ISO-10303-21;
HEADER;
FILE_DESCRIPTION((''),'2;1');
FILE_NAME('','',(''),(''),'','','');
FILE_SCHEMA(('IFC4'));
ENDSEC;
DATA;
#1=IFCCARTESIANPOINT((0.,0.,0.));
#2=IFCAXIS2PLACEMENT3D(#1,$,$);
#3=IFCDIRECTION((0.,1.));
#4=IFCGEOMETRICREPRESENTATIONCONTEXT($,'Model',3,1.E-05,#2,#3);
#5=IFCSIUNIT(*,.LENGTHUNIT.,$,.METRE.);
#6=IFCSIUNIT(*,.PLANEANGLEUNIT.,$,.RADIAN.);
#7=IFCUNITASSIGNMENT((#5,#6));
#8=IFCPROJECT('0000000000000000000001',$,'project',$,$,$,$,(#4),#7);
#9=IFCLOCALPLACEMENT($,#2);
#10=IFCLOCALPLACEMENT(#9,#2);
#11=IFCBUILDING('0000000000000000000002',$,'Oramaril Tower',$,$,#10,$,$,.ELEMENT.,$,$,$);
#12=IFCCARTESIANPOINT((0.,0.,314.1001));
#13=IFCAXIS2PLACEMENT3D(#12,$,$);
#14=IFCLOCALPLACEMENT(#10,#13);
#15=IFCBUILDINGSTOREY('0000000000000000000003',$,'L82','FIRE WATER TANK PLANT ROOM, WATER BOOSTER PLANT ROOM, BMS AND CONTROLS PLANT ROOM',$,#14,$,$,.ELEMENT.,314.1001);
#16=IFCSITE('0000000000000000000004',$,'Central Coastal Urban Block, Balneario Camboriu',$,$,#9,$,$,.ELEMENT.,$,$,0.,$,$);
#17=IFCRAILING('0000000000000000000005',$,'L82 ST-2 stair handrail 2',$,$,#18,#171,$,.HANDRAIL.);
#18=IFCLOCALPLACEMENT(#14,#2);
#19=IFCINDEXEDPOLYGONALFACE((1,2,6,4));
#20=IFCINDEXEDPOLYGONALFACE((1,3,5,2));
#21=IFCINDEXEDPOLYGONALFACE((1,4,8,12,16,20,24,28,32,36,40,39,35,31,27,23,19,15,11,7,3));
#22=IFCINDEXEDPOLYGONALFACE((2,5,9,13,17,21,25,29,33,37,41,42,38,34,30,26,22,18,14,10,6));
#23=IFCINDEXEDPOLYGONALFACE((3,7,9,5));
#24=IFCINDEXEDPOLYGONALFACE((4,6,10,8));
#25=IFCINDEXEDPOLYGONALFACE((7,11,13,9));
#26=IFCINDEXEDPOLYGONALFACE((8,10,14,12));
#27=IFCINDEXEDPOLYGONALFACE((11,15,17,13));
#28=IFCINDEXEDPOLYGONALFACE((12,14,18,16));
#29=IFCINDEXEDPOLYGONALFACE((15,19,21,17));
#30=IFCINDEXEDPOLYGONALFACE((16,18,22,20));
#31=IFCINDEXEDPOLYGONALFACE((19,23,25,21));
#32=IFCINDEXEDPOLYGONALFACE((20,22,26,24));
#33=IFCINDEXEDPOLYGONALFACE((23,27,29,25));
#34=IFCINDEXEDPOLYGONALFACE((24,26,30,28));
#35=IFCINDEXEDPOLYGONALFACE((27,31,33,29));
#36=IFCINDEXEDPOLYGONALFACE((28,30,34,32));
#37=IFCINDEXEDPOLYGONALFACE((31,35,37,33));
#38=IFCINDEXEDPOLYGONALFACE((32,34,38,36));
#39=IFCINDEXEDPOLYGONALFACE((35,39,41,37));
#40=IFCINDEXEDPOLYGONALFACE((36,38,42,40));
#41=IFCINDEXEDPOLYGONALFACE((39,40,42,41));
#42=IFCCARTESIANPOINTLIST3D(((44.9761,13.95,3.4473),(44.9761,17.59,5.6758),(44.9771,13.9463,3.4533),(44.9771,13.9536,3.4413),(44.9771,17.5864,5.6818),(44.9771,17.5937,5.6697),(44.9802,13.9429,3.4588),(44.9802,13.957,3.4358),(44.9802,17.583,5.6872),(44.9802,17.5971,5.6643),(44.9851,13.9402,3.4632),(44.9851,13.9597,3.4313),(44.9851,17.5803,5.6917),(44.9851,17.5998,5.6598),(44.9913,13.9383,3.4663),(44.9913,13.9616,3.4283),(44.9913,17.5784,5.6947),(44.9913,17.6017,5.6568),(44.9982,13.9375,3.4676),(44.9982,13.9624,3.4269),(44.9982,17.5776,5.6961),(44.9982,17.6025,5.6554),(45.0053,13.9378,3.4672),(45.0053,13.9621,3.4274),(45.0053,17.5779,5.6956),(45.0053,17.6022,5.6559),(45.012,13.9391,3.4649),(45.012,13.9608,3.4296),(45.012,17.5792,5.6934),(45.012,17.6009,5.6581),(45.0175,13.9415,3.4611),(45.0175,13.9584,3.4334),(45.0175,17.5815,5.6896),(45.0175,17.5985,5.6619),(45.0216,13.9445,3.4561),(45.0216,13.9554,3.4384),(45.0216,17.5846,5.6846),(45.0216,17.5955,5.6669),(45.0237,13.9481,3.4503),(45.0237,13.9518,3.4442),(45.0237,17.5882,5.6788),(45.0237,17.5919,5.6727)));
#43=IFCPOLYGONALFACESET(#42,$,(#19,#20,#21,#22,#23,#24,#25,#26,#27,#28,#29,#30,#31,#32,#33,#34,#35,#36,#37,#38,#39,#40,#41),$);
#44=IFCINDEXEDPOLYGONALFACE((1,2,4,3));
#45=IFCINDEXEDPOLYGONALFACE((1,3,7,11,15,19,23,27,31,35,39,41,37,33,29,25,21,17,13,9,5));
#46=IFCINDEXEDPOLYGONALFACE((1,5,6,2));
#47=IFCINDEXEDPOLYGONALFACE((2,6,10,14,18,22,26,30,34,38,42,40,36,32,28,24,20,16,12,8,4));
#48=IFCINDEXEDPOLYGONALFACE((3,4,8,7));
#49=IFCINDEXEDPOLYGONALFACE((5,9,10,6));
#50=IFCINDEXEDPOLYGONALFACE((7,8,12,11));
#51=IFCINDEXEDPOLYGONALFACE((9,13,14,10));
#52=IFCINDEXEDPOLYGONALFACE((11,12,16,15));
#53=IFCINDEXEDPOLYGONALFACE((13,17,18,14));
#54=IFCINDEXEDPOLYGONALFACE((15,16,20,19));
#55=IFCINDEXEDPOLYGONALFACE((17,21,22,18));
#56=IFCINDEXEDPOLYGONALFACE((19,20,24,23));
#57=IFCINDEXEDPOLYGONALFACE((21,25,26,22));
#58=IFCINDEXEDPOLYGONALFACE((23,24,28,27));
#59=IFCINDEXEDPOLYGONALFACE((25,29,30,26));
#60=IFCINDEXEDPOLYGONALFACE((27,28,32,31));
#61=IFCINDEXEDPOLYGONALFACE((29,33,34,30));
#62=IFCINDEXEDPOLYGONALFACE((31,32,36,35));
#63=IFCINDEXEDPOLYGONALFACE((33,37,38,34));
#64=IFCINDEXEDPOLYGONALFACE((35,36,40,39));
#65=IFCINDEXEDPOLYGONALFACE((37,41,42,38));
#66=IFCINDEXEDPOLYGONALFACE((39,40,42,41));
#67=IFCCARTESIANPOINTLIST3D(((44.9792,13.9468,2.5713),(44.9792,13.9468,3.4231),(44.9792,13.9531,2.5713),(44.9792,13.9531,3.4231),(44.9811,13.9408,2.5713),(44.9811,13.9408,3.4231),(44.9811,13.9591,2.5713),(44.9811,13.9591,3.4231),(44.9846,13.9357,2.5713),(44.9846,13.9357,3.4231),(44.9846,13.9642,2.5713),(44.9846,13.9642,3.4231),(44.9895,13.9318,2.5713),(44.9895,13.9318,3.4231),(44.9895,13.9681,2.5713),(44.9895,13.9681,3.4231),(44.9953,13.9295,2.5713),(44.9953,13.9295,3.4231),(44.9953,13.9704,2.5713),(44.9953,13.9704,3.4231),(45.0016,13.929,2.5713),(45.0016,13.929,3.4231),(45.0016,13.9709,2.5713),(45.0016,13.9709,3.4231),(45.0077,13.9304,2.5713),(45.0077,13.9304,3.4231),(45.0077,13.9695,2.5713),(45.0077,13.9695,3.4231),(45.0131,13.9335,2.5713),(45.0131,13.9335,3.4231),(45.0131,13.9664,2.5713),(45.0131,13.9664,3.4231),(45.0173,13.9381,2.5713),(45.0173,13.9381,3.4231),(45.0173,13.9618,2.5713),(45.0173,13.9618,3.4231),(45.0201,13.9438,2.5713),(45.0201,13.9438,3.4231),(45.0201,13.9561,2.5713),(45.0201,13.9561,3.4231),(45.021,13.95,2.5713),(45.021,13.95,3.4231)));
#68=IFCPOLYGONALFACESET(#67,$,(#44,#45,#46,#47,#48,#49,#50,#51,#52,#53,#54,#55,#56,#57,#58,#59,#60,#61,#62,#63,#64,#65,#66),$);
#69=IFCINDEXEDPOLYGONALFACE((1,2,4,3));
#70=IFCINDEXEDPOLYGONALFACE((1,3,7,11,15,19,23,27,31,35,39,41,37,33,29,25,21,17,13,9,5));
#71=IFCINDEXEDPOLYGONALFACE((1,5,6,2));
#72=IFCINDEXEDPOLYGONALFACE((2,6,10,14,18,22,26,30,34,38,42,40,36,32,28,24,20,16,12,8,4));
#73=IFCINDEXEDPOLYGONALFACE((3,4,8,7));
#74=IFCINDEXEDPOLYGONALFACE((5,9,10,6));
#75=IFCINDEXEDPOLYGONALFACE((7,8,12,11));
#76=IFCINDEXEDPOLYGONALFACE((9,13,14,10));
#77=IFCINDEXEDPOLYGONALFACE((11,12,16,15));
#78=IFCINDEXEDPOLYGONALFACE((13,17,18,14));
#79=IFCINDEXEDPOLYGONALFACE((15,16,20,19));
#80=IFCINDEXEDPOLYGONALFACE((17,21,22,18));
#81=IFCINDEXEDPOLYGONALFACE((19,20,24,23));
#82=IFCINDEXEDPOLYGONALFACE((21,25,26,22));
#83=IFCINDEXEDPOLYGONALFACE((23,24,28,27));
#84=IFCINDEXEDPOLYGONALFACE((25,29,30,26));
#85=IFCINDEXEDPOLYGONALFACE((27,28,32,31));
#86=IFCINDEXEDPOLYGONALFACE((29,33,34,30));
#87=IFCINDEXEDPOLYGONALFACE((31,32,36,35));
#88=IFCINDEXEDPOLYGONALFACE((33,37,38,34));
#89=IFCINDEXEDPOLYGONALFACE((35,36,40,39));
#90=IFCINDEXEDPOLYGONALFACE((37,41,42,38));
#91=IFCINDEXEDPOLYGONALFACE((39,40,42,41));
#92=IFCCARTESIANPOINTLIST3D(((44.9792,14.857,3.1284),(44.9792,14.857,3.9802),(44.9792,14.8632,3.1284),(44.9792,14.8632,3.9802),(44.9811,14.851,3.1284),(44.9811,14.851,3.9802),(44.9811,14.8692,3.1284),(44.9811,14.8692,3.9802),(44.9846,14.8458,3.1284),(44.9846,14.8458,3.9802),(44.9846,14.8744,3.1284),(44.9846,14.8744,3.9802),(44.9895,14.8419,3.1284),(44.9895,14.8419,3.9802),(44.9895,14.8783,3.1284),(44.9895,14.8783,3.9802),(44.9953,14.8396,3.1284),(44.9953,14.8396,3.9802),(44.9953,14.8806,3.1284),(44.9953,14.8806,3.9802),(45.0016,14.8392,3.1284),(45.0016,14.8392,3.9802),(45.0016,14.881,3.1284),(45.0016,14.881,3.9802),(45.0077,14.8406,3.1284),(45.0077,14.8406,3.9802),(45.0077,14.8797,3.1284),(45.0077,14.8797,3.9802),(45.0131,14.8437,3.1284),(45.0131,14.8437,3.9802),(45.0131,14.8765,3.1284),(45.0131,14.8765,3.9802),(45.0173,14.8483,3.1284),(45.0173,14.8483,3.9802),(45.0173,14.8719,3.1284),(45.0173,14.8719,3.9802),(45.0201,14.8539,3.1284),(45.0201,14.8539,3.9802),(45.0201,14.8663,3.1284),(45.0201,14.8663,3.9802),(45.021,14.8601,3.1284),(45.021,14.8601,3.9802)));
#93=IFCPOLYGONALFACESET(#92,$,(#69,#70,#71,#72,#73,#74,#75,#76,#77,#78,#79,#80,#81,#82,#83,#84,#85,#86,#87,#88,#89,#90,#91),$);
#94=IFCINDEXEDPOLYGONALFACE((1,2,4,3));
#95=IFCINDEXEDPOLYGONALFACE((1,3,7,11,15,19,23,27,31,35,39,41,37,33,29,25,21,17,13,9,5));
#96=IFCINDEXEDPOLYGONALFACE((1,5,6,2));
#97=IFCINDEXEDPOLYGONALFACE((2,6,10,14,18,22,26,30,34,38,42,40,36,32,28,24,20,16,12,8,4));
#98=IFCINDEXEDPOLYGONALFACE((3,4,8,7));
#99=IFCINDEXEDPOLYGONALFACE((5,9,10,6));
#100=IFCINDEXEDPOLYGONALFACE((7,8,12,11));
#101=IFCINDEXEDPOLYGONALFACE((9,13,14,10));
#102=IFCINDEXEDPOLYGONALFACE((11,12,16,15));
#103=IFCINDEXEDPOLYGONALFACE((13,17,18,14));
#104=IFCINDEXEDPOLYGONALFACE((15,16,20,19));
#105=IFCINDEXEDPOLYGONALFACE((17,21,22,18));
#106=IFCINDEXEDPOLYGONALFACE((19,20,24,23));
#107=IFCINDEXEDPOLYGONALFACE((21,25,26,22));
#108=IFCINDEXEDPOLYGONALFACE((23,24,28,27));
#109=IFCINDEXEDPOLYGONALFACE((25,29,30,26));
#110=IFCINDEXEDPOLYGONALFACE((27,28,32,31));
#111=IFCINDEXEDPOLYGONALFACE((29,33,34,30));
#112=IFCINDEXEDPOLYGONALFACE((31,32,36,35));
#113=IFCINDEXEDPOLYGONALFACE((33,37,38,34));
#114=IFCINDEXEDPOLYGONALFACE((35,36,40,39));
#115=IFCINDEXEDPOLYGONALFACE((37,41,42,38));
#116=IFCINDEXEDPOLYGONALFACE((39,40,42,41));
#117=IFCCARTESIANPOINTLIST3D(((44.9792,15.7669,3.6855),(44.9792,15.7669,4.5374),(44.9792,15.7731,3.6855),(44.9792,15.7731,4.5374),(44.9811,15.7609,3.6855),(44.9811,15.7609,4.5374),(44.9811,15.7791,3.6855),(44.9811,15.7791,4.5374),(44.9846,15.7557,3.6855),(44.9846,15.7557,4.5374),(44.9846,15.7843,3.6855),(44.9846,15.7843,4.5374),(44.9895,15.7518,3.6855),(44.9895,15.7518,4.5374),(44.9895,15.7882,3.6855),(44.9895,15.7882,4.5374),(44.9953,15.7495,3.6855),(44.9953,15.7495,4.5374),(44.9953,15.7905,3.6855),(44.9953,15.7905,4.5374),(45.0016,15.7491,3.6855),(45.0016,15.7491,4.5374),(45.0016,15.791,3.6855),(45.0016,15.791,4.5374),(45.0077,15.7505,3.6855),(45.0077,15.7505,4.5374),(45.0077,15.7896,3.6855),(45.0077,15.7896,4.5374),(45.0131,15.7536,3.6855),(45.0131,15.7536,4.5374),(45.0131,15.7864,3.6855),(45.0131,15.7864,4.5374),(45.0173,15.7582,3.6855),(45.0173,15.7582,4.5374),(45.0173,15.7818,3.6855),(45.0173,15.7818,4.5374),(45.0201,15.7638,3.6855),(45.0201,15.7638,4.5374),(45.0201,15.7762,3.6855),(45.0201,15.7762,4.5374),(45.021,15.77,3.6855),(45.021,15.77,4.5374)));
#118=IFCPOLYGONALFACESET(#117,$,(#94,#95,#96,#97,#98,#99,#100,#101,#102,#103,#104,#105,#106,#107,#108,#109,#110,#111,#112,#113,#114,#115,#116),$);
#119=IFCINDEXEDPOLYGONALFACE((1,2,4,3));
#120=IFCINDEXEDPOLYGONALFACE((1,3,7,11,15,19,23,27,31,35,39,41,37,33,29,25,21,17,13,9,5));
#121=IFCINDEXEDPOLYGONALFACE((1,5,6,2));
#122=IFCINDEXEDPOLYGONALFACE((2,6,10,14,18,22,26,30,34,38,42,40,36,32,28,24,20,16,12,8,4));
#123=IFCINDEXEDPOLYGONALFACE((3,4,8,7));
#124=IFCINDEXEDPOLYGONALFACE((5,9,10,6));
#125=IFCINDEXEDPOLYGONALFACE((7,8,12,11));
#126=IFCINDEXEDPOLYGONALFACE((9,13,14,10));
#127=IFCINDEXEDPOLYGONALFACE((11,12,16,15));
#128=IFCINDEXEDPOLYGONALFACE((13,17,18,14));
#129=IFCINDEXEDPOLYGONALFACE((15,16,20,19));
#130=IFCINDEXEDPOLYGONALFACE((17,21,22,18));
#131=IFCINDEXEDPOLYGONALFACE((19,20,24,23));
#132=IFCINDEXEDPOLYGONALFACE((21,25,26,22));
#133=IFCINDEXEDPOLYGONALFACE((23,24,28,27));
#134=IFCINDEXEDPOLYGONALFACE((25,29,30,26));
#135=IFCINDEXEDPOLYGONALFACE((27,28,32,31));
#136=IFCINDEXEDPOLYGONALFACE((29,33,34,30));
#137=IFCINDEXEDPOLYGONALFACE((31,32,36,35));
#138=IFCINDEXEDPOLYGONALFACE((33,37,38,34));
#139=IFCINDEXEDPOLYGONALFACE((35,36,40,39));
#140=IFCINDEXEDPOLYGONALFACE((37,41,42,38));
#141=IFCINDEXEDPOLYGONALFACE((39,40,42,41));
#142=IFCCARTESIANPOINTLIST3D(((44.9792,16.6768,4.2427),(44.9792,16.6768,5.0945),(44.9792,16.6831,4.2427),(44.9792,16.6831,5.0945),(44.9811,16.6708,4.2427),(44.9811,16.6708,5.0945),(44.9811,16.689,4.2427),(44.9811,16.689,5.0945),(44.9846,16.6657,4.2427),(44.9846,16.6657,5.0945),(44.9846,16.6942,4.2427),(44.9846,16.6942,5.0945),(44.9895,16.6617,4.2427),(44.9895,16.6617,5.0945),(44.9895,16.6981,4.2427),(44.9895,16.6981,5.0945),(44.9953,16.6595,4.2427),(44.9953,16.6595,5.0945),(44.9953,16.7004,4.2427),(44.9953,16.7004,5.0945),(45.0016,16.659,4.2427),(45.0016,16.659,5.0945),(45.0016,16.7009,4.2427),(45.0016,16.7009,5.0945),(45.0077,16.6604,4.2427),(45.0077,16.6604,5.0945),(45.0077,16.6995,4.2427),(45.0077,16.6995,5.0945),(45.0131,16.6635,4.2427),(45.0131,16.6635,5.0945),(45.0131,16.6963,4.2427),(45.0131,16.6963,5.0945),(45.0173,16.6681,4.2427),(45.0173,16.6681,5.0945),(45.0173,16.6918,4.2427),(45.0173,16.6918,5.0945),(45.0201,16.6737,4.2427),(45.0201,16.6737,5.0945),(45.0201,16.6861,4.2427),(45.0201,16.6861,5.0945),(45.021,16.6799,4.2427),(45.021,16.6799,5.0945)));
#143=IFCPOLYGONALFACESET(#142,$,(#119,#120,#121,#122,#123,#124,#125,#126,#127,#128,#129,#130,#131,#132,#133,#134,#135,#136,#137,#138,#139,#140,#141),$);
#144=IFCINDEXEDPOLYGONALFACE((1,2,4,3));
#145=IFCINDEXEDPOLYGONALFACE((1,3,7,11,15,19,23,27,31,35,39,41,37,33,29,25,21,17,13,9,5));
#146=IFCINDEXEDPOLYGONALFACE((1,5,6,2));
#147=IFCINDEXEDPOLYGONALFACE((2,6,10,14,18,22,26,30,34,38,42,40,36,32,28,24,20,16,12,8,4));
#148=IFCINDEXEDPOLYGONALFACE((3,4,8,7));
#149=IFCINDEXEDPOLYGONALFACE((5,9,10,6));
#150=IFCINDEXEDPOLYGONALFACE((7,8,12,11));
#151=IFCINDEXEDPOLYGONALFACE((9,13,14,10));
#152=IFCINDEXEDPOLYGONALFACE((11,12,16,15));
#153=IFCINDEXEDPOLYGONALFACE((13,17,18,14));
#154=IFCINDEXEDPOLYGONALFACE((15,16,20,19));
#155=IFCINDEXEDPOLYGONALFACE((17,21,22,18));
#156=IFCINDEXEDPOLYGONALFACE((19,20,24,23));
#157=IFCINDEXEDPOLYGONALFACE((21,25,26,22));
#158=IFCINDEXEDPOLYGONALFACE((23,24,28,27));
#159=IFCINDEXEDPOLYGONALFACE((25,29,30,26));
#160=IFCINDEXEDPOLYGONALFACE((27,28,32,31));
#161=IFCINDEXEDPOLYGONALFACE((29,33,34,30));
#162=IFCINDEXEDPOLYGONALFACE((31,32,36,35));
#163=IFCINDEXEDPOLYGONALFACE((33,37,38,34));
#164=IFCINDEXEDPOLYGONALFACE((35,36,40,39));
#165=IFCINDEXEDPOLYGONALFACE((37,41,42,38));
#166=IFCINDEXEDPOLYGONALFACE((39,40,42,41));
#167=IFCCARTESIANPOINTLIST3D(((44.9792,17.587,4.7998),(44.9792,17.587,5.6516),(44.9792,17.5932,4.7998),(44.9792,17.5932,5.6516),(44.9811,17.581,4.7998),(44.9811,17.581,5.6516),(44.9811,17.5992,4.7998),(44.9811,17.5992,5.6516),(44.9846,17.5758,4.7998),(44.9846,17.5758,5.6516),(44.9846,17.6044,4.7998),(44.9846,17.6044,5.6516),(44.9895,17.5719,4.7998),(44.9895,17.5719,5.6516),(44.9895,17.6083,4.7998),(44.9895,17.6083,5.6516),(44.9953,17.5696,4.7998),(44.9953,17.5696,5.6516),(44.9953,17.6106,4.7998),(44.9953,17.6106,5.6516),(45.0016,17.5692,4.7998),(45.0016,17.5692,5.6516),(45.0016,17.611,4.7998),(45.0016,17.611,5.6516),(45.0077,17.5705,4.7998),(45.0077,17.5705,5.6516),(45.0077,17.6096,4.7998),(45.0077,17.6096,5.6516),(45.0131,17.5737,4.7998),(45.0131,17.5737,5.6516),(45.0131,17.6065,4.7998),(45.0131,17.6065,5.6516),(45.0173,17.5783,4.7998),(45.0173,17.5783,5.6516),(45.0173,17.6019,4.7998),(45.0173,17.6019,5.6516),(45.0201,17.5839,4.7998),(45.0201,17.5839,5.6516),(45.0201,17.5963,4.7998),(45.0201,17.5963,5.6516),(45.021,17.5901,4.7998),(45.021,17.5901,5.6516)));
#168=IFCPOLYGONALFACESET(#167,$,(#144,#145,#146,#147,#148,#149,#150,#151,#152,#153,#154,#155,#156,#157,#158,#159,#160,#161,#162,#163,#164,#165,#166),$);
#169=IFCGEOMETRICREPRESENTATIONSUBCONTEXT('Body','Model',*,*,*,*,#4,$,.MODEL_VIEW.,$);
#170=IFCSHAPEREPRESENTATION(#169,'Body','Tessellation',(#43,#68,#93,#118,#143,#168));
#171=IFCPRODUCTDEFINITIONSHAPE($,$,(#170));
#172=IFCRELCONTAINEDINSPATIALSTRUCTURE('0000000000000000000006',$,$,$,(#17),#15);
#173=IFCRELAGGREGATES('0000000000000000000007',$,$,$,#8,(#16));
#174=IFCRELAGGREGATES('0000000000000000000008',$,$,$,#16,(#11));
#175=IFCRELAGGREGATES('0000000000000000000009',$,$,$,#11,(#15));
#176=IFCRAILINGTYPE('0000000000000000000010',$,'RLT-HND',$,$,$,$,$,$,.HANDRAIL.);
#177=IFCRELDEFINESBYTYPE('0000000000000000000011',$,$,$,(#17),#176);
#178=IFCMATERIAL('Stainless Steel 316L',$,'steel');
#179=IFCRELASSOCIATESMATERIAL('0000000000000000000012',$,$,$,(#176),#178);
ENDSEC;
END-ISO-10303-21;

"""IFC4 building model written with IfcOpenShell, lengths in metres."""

from ifc_helpers import new_model, si_unit, direction, frame, origin, origin_2d, place, context, subcontext, project, spatial, circle, extrude, material, type_object, element, save


model = new_model("IFC4")

# Units and contexts
model_context = context("Model", 3, precision=1e-05, world=origin(), true_north=direction((0.0, 1.0)))
body_context = subcontext(model_context, "Body", "Model", "MODEL_VIEW")
ifc_project = project(units=[si_unit("LENGTHUNIT", "METRE"), si_unit("PLANEANGLEUNIT", "RADIAN")], contexts=[model_context])

# Site, building, storey
site_placement = place(None, origin())
site = spatial("IfcSite", under=ifc_project, at=site_placement, Name="Central Coastal Urban Block, Balneario Camboriu", CompositionType="ELEMENT", RefElevation=0.0)
building_placement = place(site_placement, origin())
building = spatial("IfcBuilding", under=site, at=building_placement, Name="Oramaril Tower", CompositionType="ELEMENT")
storey_placement = place(building_placement, frame((0.0, 0.0, 314.1001)))
storey = spatial("IfcBuildingStorey", under=building, at=storey_placement, Name="L82", Description="FIRE WATER TANK PLANT ROOM, WATER BOOSTER PLANT ROOM, BMS AND CONTROLS PLANT ROOM", CompositionType="ELEMENT", Elevation=314.1001)

# Railing
ifc_material_1 = material(Name="Stainless Steel 316L", Category="steel")
railing_type_1 = type_object("IfcRailingType", Name="RLT-HND", PredefinedType="HANDRAIL", material=ifc_material_1)
railing_1_placement = place(storey_placement, frame((45.0, 13.95, 2.5713)))
element("IfcRailing", 1, at=railing_1_placement, inside=storey, type_object=railing_type_1, Name="L82 ST-2 stair handrail 2", PredefinedType="HANDRAIL", context=body_context, shape_type="SweptSolid", body=[
    extrude(circle(Radius=0.0239, at=origin_2d()), frame((0.0, 0.0, 0.876), z_axis=(0.0, 0.852866, 0.52213), x_axis=(-1.0, 0.0, 0.0)), (0.0, 0.0, 1.0), 4.2681),
    extrude(circle(Radius=0.021, at=origin_2d()), origin(), (0.0, 0.0, 1.0), 0.8518),
    extrude(circle(Radius=0.021, at=origin_2d()), frame((0.0, 0.9102, 0.5571)), (0.0, 0.0, 1.0), 0.8518),
    extrude(circle(Radius=0.021, at=origin_2d()), frame((0.0, 1.8201, 1.1143)), (0.0, 0.0, 1.0), 0.8518),
    extrude(circle(Radius=0.021, at=origin_2d()), frame((0.0, 2.73, 1.6714)), (0.0, 0.0, 1.0), 0.8518),
    extrude(circle(Radius=0.021, at=origin_2d()), frame((0.0, 3.6401, 2.2285)), (0.0, 0.0, 1.0), 0.8518),
])

save(model, "model.ifc")
